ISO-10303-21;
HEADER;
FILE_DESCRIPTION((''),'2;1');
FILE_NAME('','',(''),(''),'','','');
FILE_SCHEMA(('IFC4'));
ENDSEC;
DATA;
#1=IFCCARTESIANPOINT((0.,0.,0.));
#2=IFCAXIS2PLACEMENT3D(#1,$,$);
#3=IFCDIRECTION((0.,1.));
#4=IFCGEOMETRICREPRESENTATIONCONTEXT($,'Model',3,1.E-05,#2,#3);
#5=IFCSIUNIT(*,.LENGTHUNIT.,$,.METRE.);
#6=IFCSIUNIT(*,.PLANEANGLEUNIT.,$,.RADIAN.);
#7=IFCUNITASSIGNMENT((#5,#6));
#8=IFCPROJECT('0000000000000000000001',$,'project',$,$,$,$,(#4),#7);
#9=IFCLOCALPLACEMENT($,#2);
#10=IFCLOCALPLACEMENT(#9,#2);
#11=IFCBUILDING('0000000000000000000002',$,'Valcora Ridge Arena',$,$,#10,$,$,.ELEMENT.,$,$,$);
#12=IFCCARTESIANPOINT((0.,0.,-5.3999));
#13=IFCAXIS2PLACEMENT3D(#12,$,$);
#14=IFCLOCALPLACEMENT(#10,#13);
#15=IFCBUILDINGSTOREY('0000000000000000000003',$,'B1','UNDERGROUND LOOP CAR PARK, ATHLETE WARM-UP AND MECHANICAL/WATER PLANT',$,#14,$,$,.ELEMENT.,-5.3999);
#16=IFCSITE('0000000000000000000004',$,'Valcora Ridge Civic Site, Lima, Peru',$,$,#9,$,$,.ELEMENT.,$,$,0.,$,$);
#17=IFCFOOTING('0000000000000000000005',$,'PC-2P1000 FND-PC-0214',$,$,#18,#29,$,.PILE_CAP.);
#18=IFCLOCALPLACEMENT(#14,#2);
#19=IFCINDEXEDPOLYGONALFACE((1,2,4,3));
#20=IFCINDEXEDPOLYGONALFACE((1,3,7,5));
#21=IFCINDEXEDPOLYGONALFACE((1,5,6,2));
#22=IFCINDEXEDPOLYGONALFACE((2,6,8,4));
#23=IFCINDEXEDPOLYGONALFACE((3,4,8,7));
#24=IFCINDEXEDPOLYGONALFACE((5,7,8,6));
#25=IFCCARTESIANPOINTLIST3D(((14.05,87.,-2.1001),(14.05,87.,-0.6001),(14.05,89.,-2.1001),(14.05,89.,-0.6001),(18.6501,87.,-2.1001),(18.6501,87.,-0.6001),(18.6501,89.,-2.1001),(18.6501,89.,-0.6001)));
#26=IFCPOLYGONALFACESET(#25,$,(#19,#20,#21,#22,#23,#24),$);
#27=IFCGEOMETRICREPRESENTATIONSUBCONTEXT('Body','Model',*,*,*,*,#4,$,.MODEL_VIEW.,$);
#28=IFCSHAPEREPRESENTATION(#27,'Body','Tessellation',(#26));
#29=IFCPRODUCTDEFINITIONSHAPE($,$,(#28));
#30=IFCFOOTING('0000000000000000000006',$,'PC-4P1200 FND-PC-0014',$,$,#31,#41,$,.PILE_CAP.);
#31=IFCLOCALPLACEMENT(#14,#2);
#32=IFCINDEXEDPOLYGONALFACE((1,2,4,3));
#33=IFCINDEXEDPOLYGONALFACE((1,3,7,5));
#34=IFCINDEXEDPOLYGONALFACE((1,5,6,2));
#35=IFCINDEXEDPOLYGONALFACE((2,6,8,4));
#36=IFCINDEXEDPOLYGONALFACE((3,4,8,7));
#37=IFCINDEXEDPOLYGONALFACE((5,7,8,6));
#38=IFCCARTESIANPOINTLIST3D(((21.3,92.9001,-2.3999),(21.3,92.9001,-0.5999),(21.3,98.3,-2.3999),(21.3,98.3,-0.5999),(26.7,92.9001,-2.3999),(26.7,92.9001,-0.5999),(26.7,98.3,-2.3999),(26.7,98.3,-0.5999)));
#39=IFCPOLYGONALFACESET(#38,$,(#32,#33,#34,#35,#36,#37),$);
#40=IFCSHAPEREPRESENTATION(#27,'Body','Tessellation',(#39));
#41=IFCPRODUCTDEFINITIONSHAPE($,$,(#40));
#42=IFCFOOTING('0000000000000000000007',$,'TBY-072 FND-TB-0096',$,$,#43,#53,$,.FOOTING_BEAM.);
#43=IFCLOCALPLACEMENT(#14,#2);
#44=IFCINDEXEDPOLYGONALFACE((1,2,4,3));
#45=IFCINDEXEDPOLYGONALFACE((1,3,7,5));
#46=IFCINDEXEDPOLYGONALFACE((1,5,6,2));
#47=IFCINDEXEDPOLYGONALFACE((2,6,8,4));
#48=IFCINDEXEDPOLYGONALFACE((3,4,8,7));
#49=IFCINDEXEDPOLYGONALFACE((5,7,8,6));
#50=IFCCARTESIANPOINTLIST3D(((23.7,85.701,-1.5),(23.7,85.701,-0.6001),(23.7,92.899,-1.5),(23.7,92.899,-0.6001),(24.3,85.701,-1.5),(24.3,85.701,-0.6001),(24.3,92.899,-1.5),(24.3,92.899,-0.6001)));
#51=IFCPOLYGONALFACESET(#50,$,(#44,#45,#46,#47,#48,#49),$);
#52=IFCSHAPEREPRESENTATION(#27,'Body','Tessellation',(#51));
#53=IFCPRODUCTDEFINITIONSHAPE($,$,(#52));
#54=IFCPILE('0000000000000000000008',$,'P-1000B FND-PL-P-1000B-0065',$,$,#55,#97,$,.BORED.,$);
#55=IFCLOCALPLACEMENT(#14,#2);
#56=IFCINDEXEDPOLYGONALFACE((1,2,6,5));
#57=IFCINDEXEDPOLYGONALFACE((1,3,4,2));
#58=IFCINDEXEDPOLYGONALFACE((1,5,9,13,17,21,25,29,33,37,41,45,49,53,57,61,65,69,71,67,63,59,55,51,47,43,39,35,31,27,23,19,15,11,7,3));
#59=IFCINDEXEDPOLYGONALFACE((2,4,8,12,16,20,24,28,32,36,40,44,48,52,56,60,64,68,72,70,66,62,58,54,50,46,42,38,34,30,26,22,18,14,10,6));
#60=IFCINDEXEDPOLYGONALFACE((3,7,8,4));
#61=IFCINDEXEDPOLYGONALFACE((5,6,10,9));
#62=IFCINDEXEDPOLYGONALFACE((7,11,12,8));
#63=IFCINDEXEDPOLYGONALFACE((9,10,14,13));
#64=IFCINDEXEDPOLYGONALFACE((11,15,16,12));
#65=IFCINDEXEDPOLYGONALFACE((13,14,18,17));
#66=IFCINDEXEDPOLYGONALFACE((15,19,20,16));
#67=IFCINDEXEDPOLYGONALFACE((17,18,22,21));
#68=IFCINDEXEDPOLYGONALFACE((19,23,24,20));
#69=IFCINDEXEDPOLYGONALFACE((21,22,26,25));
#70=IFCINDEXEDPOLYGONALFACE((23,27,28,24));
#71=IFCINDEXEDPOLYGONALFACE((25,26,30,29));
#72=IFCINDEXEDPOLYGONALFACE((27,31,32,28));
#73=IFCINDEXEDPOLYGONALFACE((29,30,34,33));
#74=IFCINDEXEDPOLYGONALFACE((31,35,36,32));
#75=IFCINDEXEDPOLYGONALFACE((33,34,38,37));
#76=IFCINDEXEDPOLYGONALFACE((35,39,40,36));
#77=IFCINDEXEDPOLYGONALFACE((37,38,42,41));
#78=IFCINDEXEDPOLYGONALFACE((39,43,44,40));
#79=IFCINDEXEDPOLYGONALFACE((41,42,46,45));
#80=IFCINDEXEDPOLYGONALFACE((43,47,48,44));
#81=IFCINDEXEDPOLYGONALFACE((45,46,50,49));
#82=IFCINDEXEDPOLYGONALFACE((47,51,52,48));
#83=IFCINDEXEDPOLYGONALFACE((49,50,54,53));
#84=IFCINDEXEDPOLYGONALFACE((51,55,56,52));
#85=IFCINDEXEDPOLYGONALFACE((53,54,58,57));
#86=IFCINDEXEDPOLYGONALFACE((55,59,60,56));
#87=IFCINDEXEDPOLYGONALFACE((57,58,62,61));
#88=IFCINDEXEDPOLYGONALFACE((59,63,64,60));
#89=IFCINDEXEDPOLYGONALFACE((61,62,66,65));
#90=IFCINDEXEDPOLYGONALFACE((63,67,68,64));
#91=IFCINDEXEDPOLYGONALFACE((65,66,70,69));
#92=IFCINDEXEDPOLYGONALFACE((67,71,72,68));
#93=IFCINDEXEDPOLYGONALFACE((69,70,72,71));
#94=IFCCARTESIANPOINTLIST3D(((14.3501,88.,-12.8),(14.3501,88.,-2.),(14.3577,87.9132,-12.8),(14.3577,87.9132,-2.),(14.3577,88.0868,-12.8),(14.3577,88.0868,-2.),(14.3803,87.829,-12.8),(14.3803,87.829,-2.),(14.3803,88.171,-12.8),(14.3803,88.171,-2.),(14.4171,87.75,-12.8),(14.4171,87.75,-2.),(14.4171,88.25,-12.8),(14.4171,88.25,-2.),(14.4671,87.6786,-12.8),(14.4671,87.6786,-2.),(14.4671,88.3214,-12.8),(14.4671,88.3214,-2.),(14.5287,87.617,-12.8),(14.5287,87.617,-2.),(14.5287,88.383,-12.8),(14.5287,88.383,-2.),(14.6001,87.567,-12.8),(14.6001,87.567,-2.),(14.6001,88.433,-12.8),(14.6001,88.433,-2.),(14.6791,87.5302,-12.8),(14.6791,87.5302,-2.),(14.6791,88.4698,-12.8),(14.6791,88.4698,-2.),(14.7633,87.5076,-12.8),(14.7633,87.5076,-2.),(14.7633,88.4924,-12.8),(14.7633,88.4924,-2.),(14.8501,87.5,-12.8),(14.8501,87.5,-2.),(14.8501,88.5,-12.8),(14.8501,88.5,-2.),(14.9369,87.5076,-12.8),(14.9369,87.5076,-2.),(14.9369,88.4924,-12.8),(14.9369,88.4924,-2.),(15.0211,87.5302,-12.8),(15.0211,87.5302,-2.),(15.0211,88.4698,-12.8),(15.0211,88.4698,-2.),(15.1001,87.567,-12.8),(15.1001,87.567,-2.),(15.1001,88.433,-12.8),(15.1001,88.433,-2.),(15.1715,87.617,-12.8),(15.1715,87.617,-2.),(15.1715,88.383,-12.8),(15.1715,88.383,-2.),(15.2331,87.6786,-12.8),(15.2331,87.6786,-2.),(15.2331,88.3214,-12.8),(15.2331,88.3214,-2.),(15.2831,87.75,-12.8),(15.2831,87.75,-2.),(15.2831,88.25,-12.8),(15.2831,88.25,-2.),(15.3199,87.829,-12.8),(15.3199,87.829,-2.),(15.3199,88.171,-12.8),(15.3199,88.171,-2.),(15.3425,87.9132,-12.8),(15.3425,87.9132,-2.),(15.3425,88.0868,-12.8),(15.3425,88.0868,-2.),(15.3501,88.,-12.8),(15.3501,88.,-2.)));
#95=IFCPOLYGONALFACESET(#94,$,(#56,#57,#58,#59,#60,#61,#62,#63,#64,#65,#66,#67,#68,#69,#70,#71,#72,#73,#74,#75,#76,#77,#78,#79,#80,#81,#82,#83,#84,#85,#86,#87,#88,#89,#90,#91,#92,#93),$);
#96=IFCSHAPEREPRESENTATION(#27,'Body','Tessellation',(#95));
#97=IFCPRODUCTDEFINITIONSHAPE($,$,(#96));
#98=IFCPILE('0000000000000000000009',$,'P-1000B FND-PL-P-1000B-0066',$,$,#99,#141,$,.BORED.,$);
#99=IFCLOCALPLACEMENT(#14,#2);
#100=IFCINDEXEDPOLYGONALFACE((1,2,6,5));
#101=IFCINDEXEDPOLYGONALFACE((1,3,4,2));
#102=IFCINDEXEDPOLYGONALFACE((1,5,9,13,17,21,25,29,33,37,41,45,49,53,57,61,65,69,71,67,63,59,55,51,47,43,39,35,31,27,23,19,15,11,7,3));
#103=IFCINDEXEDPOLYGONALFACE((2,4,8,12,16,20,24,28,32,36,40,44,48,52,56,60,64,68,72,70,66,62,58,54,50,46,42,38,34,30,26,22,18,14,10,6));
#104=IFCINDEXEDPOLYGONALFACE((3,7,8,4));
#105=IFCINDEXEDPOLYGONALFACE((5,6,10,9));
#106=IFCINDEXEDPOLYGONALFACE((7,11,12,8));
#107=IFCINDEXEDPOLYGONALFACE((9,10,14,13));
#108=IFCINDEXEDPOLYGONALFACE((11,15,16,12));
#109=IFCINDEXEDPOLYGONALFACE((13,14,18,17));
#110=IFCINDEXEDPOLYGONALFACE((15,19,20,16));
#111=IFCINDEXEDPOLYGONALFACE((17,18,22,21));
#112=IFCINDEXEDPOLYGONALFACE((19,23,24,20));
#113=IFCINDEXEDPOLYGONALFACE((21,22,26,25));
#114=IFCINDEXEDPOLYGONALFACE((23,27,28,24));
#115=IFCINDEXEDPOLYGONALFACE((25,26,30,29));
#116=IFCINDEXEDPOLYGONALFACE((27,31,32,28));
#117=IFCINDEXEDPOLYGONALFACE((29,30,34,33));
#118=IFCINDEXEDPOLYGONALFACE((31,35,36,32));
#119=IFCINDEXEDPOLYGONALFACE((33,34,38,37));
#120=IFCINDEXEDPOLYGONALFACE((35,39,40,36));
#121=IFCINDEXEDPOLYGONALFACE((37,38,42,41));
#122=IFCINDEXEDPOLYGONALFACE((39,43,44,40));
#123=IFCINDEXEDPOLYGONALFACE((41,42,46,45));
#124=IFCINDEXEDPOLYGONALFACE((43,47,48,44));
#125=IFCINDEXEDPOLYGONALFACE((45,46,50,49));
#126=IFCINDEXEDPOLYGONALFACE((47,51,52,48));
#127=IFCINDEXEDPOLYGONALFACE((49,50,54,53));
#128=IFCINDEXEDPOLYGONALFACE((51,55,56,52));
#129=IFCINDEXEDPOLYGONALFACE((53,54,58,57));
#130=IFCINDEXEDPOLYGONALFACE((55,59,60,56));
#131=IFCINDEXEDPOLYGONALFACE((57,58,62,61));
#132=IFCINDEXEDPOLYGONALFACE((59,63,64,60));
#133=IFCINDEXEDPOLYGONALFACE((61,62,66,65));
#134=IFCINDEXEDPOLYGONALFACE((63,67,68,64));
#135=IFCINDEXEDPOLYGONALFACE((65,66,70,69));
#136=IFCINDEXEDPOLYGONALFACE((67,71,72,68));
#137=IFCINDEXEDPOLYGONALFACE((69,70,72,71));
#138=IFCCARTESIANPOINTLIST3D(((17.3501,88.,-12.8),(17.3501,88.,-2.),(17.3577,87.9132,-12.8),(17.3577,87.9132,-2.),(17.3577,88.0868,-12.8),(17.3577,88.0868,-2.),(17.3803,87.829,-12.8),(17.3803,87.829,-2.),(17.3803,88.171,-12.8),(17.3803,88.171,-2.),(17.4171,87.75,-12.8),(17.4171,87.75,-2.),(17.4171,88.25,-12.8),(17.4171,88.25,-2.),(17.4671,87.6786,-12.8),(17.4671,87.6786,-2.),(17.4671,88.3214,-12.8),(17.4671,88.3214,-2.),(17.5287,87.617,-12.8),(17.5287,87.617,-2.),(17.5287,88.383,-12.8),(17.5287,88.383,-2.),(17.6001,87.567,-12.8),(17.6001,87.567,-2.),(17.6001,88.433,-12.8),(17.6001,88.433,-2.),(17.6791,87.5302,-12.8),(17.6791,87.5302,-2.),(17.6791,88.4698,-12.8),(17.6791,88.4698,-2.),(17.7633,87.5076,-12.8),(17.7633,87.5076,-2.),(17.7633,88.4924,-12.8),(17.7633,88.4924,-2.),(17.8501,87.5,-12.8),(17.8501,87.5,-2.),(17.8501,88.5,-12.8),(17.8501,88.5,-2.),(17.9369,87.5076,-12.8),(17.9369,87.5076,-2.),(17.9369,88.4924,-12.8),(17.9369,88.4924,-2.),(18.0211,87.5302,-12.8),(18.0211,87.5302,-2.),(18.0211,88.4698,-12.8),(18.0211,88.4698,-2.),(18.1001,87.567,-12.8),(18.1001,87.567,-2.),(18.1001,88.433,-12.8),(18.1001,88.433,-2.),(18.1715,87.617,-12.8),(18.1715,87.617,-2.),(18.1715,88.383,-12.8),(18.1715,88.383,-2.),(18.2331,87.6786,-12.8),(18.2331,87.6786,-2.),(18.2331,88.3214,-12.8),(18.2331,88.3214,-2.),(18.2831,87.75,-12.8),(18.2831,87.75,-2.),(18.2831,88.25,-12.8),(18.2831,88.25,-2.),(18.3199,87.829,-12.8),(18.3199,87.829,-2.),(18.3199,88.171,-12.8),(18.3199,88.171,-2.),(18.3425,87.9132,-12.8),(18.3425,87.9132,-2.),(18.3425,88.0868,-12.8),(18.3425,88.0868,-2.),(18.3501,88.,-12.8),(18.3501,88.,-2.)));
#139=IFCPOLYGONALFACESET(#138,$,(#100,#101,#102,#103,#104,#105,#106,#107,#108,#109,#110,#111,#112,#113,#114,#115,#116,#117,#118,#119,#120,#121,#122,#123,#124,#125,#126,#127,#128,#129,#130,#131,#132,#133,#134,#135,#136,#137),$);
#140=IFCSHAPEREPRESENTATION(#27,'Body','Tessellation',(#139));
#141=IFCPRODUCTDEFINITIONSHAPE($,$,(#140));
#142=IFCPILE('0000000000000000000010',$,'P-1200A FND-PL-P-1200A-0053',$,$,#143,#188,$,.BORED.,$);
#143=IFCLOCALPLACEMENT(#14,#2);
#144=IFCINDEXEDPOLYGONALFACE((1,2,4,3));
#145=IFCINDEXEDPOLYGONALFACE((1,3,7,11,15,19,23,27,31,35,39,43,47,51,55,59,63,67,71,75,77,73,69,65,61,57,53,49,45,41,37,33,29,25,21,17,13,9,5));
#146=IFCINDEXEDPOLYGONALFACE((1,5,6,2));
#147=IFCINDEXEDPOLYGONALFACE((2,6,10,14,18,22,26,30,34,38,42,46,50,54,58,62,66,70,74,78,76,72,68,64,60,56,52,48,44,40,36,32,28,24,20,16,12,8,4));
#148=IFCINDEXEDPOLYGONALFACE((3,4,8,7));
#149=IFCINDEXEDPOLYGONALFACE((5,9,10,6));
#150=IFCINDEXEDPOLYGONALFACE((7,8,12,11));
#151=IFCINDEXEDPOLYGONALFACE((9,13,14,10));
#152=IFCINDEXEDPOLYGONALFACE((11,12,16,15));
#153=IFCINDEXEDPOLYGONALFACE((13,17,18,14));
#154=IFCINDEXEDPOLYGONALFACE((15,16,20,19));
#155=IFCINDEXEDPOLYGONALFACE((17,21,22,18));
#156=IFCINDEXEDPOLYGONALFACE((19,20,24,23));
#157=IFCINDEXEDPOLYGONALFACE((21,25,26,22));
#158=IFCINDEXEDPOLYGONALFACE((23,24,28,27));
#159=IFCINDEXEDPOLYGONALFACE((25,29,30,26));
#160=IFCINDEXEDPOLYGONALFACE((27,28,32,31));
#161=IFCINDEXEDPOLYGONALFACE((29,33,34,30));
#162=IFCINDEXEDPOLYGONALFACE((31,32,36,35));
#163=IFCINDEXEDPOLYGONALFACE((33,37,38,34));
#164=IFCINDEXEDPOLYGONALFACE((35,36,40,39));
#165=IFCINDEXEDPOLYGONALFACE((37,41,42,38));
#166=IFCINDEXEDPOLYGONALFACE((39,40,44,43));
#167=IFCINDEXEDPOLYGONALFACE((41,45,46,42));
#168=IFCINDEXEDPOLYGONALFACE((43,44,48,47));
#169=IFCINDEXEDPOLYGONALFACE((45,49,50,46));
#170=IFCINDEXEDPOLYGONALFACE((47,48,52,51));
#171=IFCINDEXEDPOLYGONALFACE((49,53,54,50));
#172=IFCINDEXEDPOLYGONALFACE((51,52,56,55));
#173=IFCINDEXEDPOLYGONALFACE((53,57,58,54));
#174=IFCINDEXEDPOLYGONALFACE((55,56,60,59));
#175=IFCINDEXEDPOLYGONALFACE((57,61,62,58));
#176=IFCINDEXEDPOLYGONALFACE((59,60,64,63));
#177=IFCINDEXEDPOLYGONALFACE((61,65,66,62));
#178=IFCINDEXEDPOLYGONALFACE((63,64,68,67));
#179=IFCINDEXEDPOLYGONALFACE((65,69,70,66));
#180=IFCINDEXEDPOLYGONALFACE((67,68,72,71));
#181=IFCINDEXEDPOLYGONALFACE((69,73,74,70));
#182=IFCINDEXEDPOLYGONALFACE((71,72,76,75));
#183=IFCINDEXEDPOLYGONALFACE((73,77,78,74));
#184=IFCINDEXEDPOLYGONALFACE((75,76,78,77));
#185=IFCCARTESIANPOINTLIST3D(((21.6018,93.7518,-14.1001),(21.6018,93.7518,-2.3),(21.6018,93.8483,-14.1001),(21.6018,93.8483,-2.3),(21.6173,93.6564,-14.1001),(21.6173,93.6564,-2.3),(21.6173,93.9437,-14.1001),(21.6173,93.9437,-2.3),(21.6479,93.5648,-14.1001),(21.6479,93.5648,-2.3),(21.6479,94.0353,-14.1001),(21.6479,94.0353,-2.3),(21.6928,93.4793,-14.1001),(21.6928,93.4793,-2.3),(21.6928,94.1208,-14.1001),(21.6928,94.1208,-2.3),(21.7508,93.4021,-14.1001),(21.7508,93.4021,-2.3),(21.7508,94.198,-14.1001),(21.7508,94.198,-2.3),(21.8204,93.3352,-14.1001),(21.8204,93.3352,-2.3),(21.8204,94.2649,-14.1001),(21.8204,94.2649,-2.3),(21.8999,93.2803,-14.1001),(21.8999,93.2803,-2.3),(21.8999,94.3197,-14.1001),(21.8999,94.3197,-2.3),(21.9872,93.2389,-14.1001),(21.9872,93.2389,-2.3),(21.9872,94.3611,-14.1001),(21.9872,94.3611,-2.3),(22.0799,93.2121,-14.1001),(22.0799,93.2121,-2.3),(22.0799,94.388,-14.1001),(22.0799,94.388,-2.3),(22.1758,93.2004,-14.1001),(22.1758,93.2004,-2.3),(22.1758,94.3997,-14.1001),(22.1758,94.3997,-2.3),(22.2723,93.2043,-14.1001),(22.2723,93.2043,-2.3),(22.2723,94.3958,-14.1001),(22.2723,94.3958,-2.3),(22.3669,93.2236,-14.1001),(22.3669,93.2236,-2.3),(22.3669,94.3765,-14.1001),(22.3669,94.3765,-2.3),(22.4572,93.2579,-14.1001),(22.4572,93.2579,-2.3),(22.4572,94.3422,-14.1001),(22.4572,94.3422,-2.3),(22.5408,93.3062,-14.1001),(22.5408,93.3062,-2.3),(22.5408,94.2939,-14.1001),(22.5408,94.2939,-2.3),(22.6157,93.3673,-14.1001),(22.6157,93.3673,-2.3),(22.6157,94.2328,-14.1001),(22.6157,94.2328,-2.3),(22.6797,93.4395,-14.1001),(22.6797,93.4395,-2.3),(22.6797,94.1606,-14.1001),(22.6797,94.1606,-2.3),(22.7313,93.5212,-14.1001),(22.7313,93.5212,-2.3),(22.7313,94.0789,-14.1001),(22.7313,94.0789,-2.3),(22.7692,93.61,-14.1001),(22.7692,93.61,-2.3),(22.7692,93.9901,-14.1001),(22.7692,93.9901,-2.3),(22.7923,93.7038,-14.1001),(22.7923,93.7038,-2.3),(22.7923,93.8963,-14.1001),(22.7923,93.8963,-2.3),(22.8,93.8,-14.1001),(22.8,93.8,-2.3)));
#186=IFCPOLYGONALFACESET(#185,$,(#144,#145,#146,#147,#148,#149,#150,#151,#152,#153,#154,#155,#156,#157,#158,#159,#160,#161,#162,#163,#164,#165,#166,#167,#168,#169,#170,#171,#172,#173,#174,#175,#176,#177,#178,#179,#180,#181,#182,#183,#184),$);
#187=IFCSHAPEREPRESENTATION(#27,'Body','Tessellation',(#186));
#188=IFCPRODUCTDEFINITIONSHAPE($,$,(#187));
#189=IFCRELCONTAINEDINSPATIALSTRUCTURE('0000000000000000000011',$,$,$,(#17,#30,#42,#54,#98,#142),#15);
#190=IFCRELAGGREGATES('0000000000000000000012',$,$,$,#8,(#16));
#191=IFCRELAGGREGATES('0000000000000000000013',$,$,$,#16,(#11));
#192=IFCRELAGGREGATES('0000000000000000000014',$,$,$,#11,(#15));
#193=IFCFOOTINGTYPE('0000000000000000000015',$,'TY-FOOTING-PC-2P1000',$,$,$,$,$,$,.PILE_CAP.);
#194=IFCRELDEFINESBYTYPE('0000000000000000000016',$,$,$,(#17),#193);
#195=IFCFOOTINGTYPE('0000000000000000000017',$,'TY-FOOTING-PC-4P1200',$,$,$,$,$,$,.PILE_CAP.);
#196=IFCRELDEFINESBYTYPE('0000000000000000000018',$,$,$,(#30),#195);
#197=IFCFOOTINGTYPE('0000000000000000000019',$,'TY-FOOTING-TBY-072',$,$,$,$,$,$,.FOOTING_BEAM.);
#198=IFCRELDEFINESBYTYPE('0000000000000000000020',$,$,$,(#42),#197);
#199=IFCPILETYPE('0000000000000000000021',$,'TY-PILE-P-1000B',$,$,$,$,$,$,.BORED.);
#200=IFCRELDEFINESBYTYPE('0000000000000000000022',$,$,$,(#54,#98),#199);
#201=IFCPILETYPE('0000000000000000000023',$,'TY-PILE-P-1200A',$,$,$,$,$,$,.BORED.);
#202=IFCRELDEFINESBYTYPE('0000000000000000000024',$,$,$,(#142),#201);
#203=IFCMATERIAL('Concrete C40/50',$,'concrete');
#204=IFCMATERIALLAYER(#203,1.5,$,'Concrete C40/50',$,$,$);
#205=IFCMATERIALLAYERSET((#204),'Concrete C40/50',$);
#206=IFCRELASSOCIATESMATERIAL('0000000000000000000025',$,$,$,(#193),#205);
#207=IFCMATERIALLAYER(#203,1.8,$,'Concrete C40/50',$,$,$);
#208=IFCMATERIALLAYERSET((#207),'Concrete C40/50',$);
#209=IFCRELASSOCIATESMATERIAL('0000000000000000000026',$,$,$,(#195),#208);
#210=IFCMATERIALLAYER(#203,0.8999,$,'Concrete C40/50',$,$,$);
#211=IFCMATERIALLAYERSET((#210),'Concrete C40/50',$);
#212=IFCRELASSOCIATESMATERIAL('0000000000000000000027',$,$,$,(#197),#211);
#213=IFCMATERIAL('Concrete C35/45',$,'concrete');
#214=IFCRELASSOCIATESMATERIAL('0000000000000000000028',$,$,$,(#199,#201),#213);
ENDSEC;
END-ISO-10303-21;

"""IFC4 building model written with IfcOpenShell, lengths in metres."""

from ifc_helpers import new_model, si_unit, direction, frame, origin, origin_2d, place, context, subcontext, project, spatial, rectangle, circle, extrude, material, layer, layer_set, material_profile, profile_set, type_object, element, save


model = new_model("IFC4")

# Units and contexts
model_context = context("Model", 3, precision=1e-05, world=origin(), true_north=direction((0.0, 1.0)))
body_context = subcontext(model_context, "Body", "Model", "MODEL_VIEW")
ifc_project = project(units=[si_unit("LENGTHUNIT", "METRE"), si_unit("PLANEANGLEUNIT", "RADIAN")], contexts=[model_context])

# Site, building, storey
site_placement = place(None, origin())
site = spatial("IfcSite", under=ifc_project, at=site_placement, Name="Valcora Ridge Civic Site, Lima, Peru", CompositionType="ELEMENT", RefElevation=0.0)
building_placement = place(site_placement, origin())
building = spatial("IfcBuilding", under=site, at=building_placement, Name="Valcora Ridge Arena", CompositionType="ELEMENT")
storey_placement = place(building_placement, frame((0.0, 0.0, -5.3999)))
storey = spatial("IfcBuildingStorey", under=building, at=storey_placement, Name="B1", Description="UNDERGROUND LOOP CAR PARK, ATHLETE WARM-UP AND MECHANICAL/WATER PLANT", CompositionType="ELEMENT", Elevation=-5.3999)

# Footings
ifc_material_1 = material(Name="Concrete C40/50", Category="concrete")
ifc_layer_1 = layer(ifc_material_1, 1.5, Name="Concrete C40/50")
ifc_layer_set_1 = layer_set([ifc_layer_1], Name="Concrete C40/50")
footing_type_1 = type_object("IfcFootingType", Name="TY-FOOTING-PC-2P1000", PredefinedType="PILE_CAP", material=ifc_layer_set_1)
footing_1_placement = place(storey_placement, frame((16.3501, 88.0, -2.1001), z_axis=(0.0, 0.0, 1.0), x_axis=(1.0, 0.0, 0.0)))
element("IfcFooting", 1, at=footing_1_placement, inside=storey, type_object=footing_type_1, Name="PC-2P1000 FND-PC-0214", PredefinedType="PILE_CAP", context=body_context, shape_type="SweptSolid", body=[
    extrude(rectangle(XDim=4.6001, YDim=2.0, at=origin_2d()), origin(), (0.0, 0.0, 1.0), 1.5),
])
ifc_layer_2 = layer(ifc_material_1, 1.8, Name="Concrete C40/50")
ifc_layer_set_2 = layer_set([ifc_layer_2], Name="Concrete C40/50")
footing_type_2 = type_object("IfcFootingType", Name="TY-FOOTING-PC-4P1200", PredefinedType="PILE_CAP", material=ifc_layer_set_2)
footing_2_placement = place(storey_placement, frame((24.0, 95.6001, -2.3999), z_axis=(0.0, 0.0, 1.0), x_axis=(1.0, 0.0, 0.0)))
element("IfcFooting", 2, at=footing_2_placement, inside=storey, type_object=footing_type_2, Name="PC-4P1200 FND-PC-0014", PredefinedType="PILE_CAP", context=body_context, shape_type="SweptSolid", body=[
    extrude(rectangle(XDim=5.3999, YDim=5.3999, at=origin_2d()), origin(), (0.0, 0.0, 1.0), 1.8),
])
ifc_layer_3 = layer(ifc_material_1, 0.8999, Name="Concrete C40/50")
ifc_layer_set_3 = layer_set([ifc_layer_3], Name="Concrete C40/50")
footing_type_3 = type_object("IfcFootingType", Name="TY-FOOTING-TBY-072", PredefinedType="FOOTING_BEAM", material=ifc_layer_set_3)
footing_3_placement = place(storey_placement, frame((24.0, 89.3, -1.5), z_axis=(0.0, 0.0, 1.0), x_axis=(1.0, 0.0, 0.0)))
element("IfcFooting", 3, at=footing_3_placement, inside=storey, type_object=footing_type_3, Name="TBY-072 FND-TB-0096", PredefinedType="FOOTING_BEAM", context=body_context, shape_type="SweptSolid", body=[
    extrude(rectangle(XDim=0.6001, YDim=7.198, at=origin_2d()), origin(), (0.0, 0.0, 1.0), 0.8999),
])

# Piles
ifc_material_2 = material(Name="Concrete C35/45", Category="concrete")
ifc_material_profile_1 = material_profile(ifc_material_2, circle(Radius=0.5, at=origin_2d()), Name="BORED PILE D1000")
ifc_profile_set_1 = profile_set([ifc_material_profile_1], Name="Concrete C35/45")
pile_type_1 = type_object("IfcPileType", Name="TY-PILE-P-1000B", PredefinedType="BORED", material=ifc_profile_set_1)
for number, where, z_axis, x_axis, name in (
    (4, (14.8501, 88.0, -2.0), (0.0, 0.0, -1.0), (1.0, 0.0, 0.0), "P-1000B FND-PL-P-1000B-0065"),
    (5, (17.8501, 88.0, -2.0), (0.0, 0.0, -1.0), (1.0, 0.0, 0.0), "P-1000B FND-PL-P-1000B-0066"),
):
    element("IfcPile", number, at=place(storey_placement, frame(where, z_axis=z_axis, x_axis=x_axis)), inside=storey, type_object=pile_type_1, Name=name, PredefinedType="BORED", context=body_context, shape_type="SweptSolid", body=[
        extrude(circle(Radius=0.5, at=origin_2d()), origin(), (0.0, 0.0, 1.0), 10.8),
    ])
ifc_material_profile_2 = material_profile(ifc_material_2, circle(Radius=0.6001, at=origin_2d()), Name="BORED PILE D1200")
ifc_profile_set_2 = profile_set([ifc_material_profile_2], Name="Concrete C35/45")
pile_type_2 = type_object("IfcPileType", Name="TY-PILE-P-1200A", PredefinedType="BORED", material=ifc_profile_set_2)
for number, where, z_axis, x_axis, name in (
    (6, (22.2, 93.8, -2.3), (0.0, 0.0, -1.0), (1.0, 0.0, 0.0), "P-1200A FND-PL-P-1200A-0053"),
):
    element("IfcPile", number, at=place(storey_placement, frame(where, z_axis=z_axis, x_axis=x_axis)), inside=storey, type_object=pile_type_2, Name=name, PredefinedType="BORED", context=body_context, shape_type="SweptSolid", body=[
        extrude(circle(Radius=0.6001, at=origin_2d()), origin(), (0.0, 0.0, 1.0), 11.8),
    ])

save(model, "model.ifc")
